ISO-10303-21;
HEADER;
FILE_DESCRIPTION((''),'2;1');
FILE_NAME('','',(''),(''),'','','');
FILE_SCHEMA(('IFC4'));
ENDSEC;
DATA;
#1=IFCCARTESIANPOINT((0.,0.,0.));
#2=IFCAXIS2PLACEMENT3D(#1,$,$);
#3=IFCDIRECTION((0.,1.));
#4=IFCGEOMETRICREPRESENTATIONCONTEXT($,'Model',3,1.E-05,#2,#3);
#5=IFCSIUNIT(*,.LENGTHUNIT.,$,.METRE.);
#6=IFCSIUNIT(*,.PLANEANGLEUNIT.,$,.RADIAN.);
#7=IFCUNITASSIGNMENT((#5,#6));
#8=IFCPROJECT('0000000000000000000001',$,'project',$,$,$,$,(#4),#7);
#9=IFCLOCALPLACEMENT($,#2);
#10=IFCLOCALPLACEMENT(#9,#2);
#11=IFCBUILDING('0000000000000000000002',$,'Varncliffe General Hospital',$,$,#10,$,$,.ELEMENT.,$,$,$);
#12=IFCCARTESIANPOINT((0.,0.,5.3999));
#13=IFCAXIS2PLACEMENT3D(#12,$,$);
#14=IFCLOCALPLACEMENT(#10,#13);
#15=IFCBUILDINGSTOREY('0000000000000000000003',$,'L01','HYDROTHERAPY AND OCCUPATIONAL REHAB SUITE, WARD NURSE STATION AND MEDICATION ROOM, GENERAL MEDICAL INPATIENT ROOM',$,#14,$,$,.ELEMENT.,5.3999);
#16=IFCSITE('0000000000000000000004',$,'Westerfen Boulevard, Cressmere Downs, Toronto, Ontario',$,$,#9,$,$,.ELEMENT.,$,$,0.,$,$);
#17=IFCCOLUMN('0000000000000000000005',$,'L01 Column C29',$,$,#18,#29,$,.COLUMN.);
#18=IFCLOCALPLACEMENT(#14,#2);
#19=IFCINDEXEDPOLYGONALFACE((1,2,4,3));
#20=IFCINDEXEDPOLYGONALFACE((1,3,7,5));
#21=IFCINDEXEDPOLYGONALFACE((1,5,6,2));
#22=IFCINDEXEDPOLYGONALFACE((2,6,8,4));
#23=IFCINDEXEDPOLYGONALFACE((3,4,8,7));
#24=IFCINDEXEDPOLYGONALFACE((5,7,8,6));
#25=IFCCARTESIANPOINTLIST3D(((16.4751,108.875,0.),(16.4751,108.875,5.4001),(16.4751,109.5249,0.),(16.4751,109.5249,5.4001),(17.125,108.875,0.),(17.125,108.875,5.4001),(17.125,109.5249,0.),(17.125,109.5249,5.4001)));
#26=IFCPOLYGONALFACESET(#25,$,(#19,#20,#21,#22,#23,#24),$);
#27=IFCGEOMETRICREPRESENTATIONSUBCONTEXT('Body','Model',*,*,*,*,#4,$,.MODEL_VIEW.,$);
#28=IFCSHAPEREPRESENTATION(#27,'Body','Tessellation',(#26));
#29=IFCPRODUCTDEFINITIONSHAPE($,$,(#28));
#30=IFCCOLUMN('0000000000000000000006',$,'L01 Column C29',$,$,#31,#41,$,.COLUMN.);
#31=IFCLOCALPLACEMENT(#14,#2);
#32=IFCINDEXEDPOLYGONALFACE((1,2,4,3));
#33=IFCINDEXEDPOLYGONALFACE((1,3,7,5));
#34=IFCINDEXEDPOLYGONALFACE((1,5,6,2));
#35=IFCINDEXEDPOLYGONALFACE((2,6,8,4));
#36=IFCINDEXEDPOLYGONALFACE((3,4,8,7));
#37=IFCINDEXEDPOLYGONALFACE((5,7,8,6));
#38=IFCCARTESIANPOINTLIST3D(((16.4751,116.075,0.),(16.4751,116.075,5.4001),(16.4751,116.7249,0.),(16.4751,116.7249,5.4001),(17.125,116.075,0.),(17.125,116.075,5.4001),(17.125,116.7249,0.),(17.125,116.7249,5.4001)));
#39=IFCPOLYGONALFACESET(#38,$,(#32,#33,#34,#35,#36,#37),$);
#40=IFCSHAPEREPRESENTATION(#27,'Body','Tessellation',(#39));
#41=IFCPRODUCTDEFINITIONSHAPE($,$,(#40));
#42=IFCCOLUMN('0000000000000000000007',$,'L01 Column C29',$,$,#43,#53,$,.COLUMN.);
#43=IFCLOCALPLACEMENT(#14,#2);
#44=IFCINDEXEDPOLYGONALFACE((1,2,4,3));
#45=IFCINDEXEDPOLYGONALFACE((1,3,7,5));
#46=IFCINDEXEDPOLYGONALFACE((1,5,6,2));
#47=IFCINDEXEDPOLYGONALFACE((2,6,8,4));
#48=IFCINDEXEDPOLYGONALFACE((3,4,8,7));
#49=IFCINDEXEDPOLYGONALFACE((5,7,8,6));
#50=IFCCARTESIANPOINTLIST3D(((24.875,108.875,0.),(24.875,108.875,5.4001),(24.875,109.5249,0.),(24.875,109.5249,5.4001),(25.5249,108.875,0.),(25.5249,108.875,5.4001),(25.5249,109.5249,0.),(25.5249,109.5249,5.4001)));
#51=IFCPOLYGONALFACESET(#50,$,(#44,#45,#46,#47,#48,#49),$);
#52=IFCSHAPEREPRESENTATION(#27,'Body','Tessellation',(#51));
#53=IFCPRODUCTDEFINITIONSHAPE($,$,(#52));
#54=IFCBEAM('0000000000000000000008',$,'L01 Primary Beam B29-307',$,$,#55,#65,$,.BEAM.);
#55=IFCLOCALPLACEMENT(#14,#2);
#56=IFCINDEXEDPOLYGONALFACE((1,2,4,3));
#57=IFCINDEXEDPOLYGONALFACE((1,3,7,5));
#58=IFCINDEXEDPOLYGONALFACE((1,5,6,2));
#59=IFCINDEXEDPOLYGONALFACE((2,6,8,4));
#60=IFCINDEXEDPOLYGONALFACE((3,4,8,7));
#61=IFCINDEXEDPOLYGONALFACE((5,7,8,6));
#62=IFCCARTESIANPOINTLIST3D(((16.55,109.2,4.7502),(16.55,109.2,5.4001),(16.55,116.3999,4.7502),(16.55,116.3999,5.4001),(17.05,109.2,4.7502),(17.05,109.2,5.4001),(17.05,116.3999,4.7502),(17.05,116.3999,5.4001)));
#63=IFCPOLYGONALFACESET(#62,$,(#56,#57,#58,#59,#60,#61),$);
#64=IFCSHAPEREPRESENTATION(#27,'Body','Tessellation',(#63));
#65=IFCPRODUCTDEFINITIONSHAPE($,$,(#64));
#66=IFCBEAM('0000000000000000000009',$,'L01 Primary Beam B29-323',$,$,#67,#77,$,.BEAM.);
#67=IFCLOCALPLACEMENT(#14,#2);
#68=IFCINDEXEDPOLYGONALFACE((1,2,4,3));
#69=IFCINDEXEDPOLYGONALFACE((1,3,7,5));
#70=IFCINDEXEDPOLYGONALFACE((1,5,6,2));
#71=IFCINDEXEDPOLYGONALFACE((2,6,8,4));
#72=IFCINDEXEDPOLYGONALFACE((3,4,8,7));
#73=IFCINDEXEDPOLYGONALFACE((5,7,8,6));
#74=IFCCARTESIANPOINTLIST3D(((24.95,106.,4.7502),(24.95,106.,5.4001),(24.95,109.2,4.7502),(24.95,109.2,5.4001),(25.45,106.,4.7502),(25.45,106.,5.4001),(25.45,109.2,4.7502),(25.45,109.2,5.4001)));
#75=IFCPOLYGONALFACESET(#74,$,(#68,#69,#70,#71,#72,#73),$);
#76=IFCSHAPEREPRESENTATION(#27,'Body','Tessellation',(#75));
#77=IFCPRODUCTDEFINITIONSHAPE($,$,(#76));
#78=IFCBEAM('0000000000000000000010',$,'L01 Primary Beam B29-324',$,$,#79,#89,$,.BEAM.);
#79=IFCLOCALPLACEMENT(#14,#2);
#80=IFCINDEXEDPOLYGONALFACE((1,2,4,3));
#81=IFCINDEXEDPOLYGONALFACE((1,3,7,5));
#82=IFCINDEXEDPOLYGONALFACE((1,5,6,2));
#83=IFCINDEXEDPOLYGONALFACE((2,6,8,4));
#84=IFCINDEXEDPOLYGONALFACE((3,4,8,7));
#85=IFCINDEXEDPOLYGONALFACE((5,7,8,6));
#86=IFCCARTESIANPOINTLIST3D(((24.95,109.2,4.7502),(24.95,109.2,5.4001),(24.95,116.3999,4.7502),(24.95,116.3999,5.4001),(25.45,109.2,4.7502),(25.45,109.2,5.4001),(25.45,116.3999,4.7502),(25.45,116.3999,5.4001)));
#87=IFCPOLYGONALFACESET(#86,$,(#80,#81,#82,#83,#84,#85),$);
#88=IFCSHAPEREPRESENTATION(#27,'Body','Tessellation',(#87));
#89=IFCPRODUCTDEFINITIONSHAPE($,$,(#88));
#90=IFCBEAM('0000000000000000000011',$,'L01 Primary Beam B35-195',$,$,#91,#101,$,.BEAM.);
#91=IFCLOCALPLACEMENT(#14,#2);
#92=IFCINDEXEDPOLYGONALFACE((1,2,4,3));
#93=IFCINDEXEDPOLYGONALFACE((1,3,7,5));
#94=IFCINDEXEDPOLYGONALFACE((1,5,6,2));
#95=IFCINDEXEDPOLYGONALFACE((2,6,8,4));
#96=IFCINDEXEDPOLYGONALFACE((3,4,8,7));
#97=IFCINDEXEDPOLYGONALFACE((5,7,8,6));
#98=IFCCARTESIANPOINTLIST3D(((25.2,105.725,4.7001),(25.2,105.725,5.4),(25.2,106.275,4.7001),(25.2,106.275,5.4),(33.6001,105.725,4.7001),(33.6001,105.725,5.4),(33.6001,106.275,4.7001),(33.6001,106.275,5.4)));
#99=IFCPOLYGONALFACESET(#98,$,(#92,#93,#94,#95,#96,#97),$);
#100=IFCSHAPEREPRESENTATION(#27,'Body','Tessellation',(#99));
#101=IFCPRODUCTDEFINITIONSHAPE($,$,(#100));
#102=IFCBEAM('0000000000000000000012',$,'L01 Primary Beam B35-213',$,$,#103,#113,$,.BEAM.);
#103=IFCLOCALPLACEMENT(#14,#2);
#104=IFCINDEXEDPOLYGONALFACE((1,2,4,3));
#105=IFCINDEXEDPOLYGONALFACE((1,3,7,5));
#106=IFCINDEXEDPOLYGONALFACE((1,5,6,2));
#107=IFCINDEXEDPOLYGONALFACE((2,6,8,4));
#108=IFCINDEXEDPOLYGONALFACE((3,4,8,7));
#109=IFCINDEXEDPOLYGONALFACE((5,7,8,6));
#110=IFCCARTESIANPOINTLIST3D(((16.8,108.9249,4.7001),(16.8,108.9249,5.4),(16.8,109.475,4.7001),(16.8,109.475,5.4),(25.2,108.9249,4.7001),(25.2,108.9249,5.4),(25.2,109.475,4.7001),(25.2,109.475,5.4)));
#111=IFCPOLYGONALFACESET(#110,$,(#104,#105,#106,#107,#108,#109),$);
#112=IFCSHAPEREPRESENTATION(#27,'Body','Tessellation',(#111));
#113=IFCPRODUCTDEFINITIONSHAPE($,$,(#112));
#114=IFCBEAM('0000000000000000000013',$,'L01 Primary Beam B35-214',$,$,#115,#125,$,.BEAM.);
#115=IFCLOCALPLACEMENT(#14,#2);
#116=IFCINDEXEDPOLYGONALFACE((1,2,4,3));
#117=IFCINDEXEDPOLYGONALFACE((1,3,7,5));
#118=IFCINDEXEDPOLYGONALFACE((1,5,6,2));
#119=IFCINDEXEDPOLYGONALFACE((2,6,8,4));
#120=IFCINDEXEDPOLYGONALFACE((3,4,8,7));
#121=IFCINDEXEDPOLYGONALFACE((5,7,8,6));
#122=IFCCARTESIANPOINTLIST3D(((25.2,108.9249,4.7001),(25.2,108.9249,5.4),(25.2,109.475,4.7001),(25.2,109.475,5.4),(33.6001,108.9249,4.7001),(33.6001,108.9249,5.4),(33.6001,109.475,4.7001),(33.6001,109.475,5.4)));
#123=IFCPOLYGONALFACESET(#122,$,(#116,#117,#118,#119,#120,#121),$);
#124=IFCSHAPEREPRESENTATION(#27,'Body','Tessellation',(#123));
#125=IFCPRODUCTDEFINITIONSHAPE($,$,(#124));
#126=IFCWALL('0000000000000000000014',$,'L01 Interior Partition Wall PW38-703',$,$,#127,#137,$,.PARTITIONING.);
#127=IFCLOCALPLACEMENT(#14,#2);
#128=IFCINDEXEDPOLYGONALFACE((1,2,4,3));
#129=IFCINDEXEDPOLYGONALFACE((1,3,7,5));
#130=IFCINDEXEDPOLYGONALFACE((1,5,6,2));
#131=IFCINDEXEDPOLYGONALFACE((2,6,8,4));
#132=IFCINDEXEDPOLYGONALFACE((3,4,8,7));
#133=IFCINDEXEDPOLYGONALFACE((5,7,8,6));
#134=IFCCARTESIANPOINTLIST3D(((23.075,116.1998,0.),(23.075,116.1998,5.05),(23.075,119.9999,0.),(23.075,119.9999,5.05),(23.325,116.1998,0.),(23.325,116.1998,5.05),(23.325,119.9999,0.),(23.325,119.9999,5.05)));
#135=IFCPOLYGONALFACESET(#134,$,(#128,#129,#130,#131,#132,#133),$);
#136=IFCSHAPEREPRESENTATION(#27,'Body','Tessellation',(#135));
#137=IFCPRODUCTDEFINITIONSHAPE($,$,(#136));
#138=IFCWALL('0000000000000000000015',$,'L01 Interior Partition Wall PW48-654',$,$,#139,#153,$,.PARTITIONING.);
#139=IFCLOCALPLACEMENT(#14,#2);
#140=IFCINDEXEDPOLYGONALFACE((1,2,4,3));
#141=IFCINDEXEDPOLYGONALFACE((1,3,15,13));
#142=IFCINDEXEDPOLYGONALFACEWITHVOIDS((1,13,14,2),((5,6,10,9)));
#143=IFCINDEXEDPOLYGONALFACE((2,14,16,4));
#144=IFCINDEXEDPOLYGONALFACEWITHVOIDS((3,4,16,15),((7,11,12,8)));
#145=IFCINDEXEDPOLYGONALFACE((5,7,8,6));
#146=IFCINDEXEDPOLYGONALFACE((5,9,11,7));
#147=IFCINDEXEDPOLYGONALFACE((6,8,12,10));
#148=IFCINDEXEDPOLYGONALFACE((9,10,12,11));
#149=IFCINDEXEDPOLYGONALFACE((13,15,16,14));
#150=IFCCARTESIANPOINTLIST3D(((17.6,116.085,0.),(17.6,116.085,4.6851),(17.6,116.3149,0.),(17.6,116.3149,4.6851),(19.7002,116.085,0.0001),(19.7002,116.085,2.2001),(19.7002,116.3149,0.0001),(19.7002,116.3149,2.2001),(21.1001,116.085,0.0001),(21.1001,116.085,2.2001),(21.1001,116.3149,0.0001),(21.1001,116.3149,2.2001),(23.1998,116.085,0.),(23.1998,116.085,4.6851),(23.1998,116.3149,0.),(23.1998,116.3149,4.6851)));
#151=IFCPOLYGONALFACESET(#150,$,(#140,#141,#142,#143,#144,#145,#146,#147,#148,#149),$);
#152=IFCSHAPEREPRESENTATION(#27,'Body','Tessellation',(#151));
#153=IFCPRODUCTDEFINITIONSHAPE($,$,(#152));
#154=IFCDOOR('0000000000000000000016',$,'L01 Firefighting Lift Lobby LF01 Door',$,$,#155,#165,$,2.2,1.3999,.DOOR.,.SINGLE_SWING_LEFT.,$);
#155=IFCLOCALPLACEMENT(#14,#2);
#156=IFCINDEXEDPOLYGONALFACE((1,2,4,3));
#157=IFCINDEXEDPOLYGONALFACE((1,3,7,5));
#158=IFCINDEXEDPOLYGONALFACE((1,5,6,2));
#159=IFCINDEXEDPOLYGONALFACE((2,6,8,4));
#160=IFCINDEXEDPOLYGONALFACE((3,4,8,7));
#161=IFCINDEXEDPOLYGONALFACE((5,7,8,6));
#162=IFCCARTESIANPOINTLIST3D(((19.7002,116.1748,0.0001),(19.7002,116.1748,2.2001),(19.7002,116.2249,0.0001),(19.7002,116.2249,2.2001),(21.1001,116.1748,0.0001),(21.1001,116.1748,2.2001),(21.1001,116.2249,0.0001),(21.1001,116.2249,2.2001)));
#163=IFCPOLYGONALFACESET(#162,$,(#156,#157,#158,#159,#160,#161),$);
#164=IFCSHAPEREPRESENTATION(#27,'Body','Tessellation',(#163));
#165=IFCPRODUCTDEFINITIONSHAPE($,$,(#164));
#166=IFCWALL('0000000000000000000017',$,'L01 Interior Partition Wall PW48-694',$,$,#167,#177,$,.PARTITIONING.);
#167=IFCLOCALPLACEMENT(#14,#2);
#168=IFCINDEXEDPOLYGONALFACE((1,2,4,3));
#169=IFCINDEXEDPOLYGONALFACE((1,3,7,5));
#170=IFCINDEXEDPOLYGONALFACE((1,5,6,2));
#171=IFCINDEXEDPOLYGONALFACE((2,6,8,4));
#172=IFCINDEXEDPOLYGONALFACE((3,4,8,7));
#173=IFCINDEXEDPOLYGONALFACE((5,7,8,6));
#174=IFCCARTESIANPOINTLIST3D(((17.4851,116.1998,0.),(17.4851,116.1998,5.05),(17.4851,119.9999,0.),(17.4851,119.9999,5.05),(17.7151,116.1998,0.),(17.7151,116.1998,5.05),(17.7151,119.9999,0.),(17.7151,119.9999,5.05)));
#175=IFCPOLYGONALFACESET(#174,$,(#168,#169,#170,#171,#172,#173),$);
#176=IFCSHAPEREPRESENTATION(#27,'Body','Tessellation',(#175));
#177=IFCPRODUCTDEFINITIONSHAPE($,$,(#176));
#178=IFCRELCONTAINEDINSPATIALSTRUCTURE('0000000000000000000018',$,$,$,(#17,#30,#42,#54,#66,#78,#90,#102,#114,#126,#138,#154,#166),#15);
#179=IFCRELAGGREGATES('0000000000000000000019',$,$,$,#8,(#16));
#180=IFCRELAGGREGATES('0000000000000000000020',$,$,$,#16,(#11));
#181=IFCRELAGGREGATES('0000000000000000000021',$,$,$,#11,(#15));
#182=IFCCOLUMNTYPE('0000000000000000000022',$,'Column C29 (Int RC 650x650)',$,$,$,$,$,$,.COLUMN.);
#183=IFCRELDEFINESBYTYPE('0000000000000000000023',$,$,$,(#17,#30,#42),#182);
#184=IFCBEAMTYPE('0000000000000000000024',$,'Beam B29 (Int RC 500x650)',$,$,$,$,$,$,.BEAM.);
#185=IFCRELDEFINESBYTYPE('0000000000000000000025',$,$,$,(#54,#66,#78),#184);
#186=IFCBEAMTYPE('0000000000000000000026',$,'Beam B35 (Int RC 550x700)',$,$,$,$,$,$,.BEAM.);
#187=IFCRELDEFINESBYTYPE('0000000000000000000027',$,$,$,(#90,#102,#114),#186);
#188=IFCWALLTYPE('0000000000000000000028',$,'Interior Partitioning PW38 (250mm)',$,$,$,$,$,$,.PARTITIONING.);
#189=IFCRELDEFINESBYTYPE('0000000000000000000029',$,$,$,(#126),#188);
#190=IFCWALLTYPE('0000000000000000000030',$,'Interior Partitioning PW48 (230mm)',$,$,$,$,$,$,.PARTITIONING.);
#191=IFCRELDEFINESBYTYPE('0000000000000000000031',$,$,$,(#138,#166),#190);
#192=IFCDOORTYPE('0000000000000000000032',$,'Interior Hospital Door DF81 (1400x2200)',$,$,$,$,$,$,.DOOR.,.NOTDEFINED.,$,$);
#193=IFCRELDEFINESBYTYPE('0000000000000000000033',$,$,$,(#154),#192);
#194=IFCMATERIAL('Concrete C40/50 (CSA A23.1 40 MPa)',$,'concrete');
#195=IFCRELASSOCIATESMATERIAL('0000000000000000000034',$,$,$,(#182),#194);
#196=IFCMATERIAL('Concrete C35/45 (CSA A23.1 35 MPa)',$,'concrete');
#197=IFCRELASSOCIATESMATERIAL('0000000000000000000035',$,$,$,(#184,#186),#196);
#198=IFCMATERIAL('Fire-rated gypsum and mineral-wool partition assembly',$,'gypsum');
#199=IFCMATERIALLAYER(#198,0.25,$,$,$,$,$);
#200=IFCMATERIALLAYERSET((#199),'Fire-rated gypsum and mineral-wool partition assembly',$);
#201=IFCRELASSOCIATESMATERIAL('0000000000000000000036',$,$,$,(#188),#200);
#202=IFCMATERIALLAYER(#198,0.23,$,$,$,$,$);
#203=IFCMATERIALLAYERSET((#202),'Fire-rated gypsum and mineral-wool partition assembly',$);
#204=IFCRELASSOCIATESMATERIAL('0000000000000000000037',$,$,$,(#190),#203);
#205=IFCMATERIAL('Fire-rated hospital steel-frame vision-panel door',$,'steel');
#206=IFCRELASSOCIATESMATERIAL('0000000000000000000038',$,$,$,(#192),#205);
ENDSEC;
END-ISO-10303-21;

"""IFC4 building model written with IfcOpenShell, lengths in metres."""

from ifc_helpers import new_model, si_unit, direction, frame, frame_2d, origin, origin_2d, place, context, subcontext, project, spatial, rectangle, extrude, material, layer, layer_set, material_profile, profile_set, type_object, element, fill, save


model = new_model("IFC4")

# Units and contexts
model_context = context("Model", 3, precision=1e-05, world=origin(), true_north=direction((0.0, 1.0)))
body_context = subcontext(model_context, "Body", "Model", "MODEL_VIEW")
ifc_project = project(units=[si_unit("LENGTHUNIT", "METRE"), si_unit("PLANEANGLEUNIT", "RADIAN")], contexts=[model_context])

# Site, building, storey
site_placement = place(None, origin())
site = spatial("IfcSite", under=ifc_project, at=site_placement, Name="Westerfen Boulevard, Cressmere Downs, Toronto, Ontario", CompositionType="ELEMENT", RefElevation=0.0)
building_placement = place(site_placement, origin())
building = spatial("IfcBuilding", under=site, at=building_placement, Name="Varncliffe General Hospital", CompositionType="ELEMENT")
storey_placement = place(building_placement, frame((0.0, 0.0, 5.3999)))
storey = spatial("IfcBuildingStorey", under=building, at=storey_placement, Name="L01", Description="HYDROTHERAPY AND OCCUPATIONAL REHAB SUITE, WARD NURSE STATION AND MEDICATION ROOM, GENERAL MEDICAL INPATIENT ROOM", CompositionType="ELEMENT", Elevation=5.3999)

# Columns
ifc_material_1 = material(Name="Concrete C40/50 (CSA A23.1 40 MPa)", Category="concrete")
ifc_material_profile_1 = material_profile(ifc_material_1, rectangle(XDim=0.6499, YDim=0.6499, at=origin_2d()), Name="RC 650x650")
ifc_profile_set_1 = profile_set([ifc_material_profile_1], Name="Concrete C40/50 (CSA A23.1 40 MPa)")
column_type = type_object("IfcColumnType", Name="Column C29 (Int RC 650x650)", PredefinedType="COLUMN", material=ifc_profile_set_1)
for number, where, z_axis, x_axis, name in (
    (1, (16.8, 109.2, 0.0), (0.0, 0.0, 1.0), (1.0, 0.0, 0.0), "L01 Column C29"),
    (2, (16.8, 116.3999, 0.0), (0.0, 0.0, 1.0), (1.0, 0.0, 0.0), "L01 Column C29"),
    (3, (25.2, 109.2, 0.0), (0.0, 0.0, 1.0), (1.0, 0.0, 0.0), "L01 Column C29"),
):
    element("IfcColumn", number, at=place(storey_placement, frame(where, z_axis=z_axis, x_axis=x_axis)), inside=storey, type_object=column_type, Name=name, PredefinedType="COLUMN", context=body_context, shape_type="SweptSolid", body=[
        extrude(rectangle(XDim=0.6499, YDim=0.6499, at=origin_2d()), origin(), (0.0, 0.0, 1.0), 5.4001),
    ])

# Beams
ifc_material_2 = material(Name="Concrete C35/45 (CSA A23.1 35 MPa)", Category="concrete")
ifc_material_profile_2 = material_profile(ifc_material_2, rectangle(XDim=0.5, YDim=0.6499, at=origin_2d()), Name="RC 500x650")
ifc_profile_set_2 = profile_set([ifc_material_profile_2], Name="Concrete C35/45 (CSA A23.1 35 MPa)")
beam_type_1 = type_object("IfcBeamType", Name="Beam B29 (Int RC 500x650)", PredefinedType="BEAM", material=ifc_profile_set_2)
beam_1_placement = place(storey_placement, frame((16.8, 109.2, 5.0752), z_axis=(0.0, 1.0, 0.0), x_axis=(-1.0, 0.0, 0.0)))
element("IfcBeam", 4, at=beam_1_placement, inside=storey, type_object=beam_type_1, Name="L01 Primary Beam B29-307", PredefinedType="BEAM", context=body_context, shape_type="SweptSolid", body=[
    extrude(rectangle(XDim=0.5, YDim=0.6499, at=origin_2d()), origin(), (0.0, 0.0, 1.0), 7.2),
])
beam_2_placement = place(storey_placement, frame((25.2, 106.0, 5.0752), z_axis=(0.0, 1.0, 0.0), x_axis=(-1.0, 0.0, 0.0)))
element("IfcBeam", 5, at=beam_2_placement, inside=storey, type_object=beam_type_1, Name="L01 Primary Beam B29-323", PredefinedType="BEAM", context=body_context, shape_type="SweptSolid", body=[
    extrude(rectangle(XDim=0.5, YDim=0.6499, at=origin_2d()), origin(), (0.0, 0.0, 1.0), 3.2),
])
beam_3_placement = place(storey_placement, frame((25.2, 109.2, 5.0752), z_axis=(0.0, 1.0, 0.0), x_axis=(-1.0, 0.0, 0.0)))
element("IfcBeam", 6, at=beam_3_placement, inside=storey, type_object=beam_type_1, Name="L01 Primary Beam B29-324", PredefinedType="BEAM", context=body_context, shape_type="SweptSolid", body=[
    extrude(rectangle(XDim=0.5, YDim=0.6499, at=origin_2d()), origin(), (0.0, 0.0, 1.0), 7.2),
])
ifc_material_profile_3 = material_profile(ifc_material_2, rectangle(XDim=0.55, YDim=0.7, at=origin_2d()), Name="RC 550x700")
ifc_profile_set_3 = profile_set([ifc_material_profile_3], Name="Concrete C35/45 (CSA A23.1 35 MPa)")
beam_type_2 = type_object("IfcBeamType", Name="Beam B35 (Int RC 550x700)", PredefinedType="BEAM", material=ifc_profile_set_3)
beam_4_placement = place(storey_placement, frame((25.2, 106.0, 5.05), z_axis=(1.0, 0.0, 0.0), x_axis=(0.0, 1.0, 0.0)))
element("IfcBeam", 7, at=beam_4_placement, inside=storey, type_object=beam_type_2, Name="L01 Primary Beam B35-195", PredefinedType="BEAM", context=body_context, shape_type="SweptSolid", body=[
    extrude(rectangle(XDim=0.55, YDim=0.7, at=origin_2d()), origin(), (0.0, 0.0, 1.0), 8.4001),
])
beam_5_placement = place(storey_placement, frame((16.8, 109.2, 5.05), z_axis=(1.0, 0.0, 0.0), x_axis=(0.0, 1.0, 0.0)))
element("IfcBeam", 8, at=beam_5_placement, inside=storey, type_object=beam_type_2, Name="L01 Primary Beam B35-213", PredefinedType="BEAM", context=body_context, shape_type="SweptSolid", body=[
    extrude(rectangle(XDim=0.55, YDim=0.7, at=origin_2d()), origin(), (0.0, 0.0, 1.0), 8.3999),
])
beam_6_placement = place(storey_placement, frame((25.2, 109.2, 5.05), z_axis=(1.0, 0.0, 0.0), x_axis=(0.0, 1.0, 0.0)))
element("IfcBeam", 9, at=beam_6_placement, inside=storey, type_object=beam_type_2, Name="L01 Primary Beam B35-214", PredefinedType="BEAM", context=body_context, shape_type="SweptSolid", body=[
    extrude(rectangle(XDim=0.55, YDim=0.7, at=origin_2d()), origin(), (0.0, 0.0, 1.0), 8.4001),
])

# Wall
ifc_material_3 = material(Name="Fire-rated gypsum and mineral-wool partition assembly", Category="gypsum")
ifc_layer_1 = layer(ifc_material_3, 0.25)
ifc_layer_set_1 = layer_set([ifc_layer_1], Name="Fire-rated gypsum and mineral-wool partition assembly")
wall_type_1 = type_object("IfcWallType", Name="Interior Partitioning PW38 (250mm)", PredefinedType="PARTITIONING", material=ifc_layer_set_1)
wall_1_placement = place(storey_placement, frame((23.2, 116.2, 0.0), z_axis=(0.0, 0.0, 1.0), x_axis=(0.0, 1.0, 0.0)))
element("IfcWall", 10, at=wall_1_placement, inside=storey, type_object=wall_type_1, Name="L01 Interior Partition Wall PW38-703", PredefinedType="PARTITIONING", context=body_context, shape_type="SweptSolid", body=[
    extrude(rectangle(XDim=3.8, YDim=0.25, at=frame_2d((1.8999, 0.0))), origin(), (0.0, 0.0, 1.0), 5.05),
])

# Wall, opening, door
ifc_layer_2 = layer(ifc_material_3, 0.23)
ifc_layer_set_2 = layer_set([ifc_layer_2], Name="Fire-rated gypsum and mineral-wool partition assembly")
wall_type_2 = type_object("IfcWallType", Name="Interior Partitioning PW48 (230mm)", PredefinedType="PARTITIONING", material=ifc_layer_set_2)
wall_2_placement = place(storey_placement, frame((17.6001, 116.2, 0.0), z_axis=(0.0, 0.0, 1.0), x_axis=(1.0, 0.0, 0.0)))
wall_2 = element("IfcWall", 11, at=wall_2_placement, inside=storey, type_object=wall_type_2, Name="L01 Interior Partition Wall PW48-654", PredefinedType="PARTITIONING", context=body_context, shape_type="SweptSolid", body=[
    extrude(rectangle(XDim=5.5999, YDim=0.23, at=frame_2d((2.7998, 0.0))), origin(), (0.0, 0.0, 1.0), 4.6851),
])
opening_1_placement = place(wall_2_placement, frame((2.1001, 0.0, 0.0)))
opening_1 = element("IfcOpeningElement", 12, at=opening_1_placement, cuts=wall_2, PredefinedType="OPENING", context=body_context, shape_type="SweptSolid", body=[
    extrude(rectangle(XDim=1.3999, YDim=2.2, at=frame_2d((0.7, 1.1001))), frame((0.0, 0.125, 0.0), z_axis=(0.0, -1.0, 0.0), x_axis=(1.0, 0.0, 0.0)), (0.0, 0.0, 1.0), 0.25),
])
ifc_material_4 = material(Name="Fire-rated hospital steel-frame vision-panel door", Category="steel")
door_type_1 = type_object("IfcDoorType", Name="Interior Hospital Door DF81 (1400x2200)", OperationType="NOTDEFINED", PredefinedType="DOOR", material=ifc_material_4)
door_1_placement = place(opening_1_placement, origin())
door_1 = element("IfcDoor", 13, at=door_1_placement, inside=storey, type_object=door_type_1, Name="L01 Firefighting Lift Lobby LF01 Door", OperationType="SINGLE_SWING_LEFT", OverallHeight=2.2, OverallWidth=1.3999, PredefinedType="DOOR", context=body_context, shape_type="SweptSolid", body=[
    extrude(rectangle(XDim=1.3999, YDim=2.2, at=frame_2d((0.7, 1.1001))), frame((0.0, 0.0249, 0.0), z_axis=(0.0, -1.0, 0.0), x_axis=(1.0, 0.0, 0.0)), (0.0, 0.0, 1.0), 0.05),
])
fill(opening_1, door_1)

# Wall
wall_3_placement = place(storey_placement, frame((17.6001, 116.2, 0.0), z_axis=(0.0, 0.0, 1.0), x_axis=(0.0, 1.0, 0.0)))
element("IfcWall", 14, at=wall_3_placement, inside=storey, type_object=wall_type_2, Name="L01 Interior Partition Wall PW48-694", PredefinedType="PARTITIONING", context=body_context, shape_type="SweptSolid", body=[
    extrude(rectangle(XDim=3.8, YDim=0.23, at=frame_2d((1.8999, 0.0))), origin(), (0.0, 0.0, 1.0), 5.05),
])

save(model, "model.ifc")
